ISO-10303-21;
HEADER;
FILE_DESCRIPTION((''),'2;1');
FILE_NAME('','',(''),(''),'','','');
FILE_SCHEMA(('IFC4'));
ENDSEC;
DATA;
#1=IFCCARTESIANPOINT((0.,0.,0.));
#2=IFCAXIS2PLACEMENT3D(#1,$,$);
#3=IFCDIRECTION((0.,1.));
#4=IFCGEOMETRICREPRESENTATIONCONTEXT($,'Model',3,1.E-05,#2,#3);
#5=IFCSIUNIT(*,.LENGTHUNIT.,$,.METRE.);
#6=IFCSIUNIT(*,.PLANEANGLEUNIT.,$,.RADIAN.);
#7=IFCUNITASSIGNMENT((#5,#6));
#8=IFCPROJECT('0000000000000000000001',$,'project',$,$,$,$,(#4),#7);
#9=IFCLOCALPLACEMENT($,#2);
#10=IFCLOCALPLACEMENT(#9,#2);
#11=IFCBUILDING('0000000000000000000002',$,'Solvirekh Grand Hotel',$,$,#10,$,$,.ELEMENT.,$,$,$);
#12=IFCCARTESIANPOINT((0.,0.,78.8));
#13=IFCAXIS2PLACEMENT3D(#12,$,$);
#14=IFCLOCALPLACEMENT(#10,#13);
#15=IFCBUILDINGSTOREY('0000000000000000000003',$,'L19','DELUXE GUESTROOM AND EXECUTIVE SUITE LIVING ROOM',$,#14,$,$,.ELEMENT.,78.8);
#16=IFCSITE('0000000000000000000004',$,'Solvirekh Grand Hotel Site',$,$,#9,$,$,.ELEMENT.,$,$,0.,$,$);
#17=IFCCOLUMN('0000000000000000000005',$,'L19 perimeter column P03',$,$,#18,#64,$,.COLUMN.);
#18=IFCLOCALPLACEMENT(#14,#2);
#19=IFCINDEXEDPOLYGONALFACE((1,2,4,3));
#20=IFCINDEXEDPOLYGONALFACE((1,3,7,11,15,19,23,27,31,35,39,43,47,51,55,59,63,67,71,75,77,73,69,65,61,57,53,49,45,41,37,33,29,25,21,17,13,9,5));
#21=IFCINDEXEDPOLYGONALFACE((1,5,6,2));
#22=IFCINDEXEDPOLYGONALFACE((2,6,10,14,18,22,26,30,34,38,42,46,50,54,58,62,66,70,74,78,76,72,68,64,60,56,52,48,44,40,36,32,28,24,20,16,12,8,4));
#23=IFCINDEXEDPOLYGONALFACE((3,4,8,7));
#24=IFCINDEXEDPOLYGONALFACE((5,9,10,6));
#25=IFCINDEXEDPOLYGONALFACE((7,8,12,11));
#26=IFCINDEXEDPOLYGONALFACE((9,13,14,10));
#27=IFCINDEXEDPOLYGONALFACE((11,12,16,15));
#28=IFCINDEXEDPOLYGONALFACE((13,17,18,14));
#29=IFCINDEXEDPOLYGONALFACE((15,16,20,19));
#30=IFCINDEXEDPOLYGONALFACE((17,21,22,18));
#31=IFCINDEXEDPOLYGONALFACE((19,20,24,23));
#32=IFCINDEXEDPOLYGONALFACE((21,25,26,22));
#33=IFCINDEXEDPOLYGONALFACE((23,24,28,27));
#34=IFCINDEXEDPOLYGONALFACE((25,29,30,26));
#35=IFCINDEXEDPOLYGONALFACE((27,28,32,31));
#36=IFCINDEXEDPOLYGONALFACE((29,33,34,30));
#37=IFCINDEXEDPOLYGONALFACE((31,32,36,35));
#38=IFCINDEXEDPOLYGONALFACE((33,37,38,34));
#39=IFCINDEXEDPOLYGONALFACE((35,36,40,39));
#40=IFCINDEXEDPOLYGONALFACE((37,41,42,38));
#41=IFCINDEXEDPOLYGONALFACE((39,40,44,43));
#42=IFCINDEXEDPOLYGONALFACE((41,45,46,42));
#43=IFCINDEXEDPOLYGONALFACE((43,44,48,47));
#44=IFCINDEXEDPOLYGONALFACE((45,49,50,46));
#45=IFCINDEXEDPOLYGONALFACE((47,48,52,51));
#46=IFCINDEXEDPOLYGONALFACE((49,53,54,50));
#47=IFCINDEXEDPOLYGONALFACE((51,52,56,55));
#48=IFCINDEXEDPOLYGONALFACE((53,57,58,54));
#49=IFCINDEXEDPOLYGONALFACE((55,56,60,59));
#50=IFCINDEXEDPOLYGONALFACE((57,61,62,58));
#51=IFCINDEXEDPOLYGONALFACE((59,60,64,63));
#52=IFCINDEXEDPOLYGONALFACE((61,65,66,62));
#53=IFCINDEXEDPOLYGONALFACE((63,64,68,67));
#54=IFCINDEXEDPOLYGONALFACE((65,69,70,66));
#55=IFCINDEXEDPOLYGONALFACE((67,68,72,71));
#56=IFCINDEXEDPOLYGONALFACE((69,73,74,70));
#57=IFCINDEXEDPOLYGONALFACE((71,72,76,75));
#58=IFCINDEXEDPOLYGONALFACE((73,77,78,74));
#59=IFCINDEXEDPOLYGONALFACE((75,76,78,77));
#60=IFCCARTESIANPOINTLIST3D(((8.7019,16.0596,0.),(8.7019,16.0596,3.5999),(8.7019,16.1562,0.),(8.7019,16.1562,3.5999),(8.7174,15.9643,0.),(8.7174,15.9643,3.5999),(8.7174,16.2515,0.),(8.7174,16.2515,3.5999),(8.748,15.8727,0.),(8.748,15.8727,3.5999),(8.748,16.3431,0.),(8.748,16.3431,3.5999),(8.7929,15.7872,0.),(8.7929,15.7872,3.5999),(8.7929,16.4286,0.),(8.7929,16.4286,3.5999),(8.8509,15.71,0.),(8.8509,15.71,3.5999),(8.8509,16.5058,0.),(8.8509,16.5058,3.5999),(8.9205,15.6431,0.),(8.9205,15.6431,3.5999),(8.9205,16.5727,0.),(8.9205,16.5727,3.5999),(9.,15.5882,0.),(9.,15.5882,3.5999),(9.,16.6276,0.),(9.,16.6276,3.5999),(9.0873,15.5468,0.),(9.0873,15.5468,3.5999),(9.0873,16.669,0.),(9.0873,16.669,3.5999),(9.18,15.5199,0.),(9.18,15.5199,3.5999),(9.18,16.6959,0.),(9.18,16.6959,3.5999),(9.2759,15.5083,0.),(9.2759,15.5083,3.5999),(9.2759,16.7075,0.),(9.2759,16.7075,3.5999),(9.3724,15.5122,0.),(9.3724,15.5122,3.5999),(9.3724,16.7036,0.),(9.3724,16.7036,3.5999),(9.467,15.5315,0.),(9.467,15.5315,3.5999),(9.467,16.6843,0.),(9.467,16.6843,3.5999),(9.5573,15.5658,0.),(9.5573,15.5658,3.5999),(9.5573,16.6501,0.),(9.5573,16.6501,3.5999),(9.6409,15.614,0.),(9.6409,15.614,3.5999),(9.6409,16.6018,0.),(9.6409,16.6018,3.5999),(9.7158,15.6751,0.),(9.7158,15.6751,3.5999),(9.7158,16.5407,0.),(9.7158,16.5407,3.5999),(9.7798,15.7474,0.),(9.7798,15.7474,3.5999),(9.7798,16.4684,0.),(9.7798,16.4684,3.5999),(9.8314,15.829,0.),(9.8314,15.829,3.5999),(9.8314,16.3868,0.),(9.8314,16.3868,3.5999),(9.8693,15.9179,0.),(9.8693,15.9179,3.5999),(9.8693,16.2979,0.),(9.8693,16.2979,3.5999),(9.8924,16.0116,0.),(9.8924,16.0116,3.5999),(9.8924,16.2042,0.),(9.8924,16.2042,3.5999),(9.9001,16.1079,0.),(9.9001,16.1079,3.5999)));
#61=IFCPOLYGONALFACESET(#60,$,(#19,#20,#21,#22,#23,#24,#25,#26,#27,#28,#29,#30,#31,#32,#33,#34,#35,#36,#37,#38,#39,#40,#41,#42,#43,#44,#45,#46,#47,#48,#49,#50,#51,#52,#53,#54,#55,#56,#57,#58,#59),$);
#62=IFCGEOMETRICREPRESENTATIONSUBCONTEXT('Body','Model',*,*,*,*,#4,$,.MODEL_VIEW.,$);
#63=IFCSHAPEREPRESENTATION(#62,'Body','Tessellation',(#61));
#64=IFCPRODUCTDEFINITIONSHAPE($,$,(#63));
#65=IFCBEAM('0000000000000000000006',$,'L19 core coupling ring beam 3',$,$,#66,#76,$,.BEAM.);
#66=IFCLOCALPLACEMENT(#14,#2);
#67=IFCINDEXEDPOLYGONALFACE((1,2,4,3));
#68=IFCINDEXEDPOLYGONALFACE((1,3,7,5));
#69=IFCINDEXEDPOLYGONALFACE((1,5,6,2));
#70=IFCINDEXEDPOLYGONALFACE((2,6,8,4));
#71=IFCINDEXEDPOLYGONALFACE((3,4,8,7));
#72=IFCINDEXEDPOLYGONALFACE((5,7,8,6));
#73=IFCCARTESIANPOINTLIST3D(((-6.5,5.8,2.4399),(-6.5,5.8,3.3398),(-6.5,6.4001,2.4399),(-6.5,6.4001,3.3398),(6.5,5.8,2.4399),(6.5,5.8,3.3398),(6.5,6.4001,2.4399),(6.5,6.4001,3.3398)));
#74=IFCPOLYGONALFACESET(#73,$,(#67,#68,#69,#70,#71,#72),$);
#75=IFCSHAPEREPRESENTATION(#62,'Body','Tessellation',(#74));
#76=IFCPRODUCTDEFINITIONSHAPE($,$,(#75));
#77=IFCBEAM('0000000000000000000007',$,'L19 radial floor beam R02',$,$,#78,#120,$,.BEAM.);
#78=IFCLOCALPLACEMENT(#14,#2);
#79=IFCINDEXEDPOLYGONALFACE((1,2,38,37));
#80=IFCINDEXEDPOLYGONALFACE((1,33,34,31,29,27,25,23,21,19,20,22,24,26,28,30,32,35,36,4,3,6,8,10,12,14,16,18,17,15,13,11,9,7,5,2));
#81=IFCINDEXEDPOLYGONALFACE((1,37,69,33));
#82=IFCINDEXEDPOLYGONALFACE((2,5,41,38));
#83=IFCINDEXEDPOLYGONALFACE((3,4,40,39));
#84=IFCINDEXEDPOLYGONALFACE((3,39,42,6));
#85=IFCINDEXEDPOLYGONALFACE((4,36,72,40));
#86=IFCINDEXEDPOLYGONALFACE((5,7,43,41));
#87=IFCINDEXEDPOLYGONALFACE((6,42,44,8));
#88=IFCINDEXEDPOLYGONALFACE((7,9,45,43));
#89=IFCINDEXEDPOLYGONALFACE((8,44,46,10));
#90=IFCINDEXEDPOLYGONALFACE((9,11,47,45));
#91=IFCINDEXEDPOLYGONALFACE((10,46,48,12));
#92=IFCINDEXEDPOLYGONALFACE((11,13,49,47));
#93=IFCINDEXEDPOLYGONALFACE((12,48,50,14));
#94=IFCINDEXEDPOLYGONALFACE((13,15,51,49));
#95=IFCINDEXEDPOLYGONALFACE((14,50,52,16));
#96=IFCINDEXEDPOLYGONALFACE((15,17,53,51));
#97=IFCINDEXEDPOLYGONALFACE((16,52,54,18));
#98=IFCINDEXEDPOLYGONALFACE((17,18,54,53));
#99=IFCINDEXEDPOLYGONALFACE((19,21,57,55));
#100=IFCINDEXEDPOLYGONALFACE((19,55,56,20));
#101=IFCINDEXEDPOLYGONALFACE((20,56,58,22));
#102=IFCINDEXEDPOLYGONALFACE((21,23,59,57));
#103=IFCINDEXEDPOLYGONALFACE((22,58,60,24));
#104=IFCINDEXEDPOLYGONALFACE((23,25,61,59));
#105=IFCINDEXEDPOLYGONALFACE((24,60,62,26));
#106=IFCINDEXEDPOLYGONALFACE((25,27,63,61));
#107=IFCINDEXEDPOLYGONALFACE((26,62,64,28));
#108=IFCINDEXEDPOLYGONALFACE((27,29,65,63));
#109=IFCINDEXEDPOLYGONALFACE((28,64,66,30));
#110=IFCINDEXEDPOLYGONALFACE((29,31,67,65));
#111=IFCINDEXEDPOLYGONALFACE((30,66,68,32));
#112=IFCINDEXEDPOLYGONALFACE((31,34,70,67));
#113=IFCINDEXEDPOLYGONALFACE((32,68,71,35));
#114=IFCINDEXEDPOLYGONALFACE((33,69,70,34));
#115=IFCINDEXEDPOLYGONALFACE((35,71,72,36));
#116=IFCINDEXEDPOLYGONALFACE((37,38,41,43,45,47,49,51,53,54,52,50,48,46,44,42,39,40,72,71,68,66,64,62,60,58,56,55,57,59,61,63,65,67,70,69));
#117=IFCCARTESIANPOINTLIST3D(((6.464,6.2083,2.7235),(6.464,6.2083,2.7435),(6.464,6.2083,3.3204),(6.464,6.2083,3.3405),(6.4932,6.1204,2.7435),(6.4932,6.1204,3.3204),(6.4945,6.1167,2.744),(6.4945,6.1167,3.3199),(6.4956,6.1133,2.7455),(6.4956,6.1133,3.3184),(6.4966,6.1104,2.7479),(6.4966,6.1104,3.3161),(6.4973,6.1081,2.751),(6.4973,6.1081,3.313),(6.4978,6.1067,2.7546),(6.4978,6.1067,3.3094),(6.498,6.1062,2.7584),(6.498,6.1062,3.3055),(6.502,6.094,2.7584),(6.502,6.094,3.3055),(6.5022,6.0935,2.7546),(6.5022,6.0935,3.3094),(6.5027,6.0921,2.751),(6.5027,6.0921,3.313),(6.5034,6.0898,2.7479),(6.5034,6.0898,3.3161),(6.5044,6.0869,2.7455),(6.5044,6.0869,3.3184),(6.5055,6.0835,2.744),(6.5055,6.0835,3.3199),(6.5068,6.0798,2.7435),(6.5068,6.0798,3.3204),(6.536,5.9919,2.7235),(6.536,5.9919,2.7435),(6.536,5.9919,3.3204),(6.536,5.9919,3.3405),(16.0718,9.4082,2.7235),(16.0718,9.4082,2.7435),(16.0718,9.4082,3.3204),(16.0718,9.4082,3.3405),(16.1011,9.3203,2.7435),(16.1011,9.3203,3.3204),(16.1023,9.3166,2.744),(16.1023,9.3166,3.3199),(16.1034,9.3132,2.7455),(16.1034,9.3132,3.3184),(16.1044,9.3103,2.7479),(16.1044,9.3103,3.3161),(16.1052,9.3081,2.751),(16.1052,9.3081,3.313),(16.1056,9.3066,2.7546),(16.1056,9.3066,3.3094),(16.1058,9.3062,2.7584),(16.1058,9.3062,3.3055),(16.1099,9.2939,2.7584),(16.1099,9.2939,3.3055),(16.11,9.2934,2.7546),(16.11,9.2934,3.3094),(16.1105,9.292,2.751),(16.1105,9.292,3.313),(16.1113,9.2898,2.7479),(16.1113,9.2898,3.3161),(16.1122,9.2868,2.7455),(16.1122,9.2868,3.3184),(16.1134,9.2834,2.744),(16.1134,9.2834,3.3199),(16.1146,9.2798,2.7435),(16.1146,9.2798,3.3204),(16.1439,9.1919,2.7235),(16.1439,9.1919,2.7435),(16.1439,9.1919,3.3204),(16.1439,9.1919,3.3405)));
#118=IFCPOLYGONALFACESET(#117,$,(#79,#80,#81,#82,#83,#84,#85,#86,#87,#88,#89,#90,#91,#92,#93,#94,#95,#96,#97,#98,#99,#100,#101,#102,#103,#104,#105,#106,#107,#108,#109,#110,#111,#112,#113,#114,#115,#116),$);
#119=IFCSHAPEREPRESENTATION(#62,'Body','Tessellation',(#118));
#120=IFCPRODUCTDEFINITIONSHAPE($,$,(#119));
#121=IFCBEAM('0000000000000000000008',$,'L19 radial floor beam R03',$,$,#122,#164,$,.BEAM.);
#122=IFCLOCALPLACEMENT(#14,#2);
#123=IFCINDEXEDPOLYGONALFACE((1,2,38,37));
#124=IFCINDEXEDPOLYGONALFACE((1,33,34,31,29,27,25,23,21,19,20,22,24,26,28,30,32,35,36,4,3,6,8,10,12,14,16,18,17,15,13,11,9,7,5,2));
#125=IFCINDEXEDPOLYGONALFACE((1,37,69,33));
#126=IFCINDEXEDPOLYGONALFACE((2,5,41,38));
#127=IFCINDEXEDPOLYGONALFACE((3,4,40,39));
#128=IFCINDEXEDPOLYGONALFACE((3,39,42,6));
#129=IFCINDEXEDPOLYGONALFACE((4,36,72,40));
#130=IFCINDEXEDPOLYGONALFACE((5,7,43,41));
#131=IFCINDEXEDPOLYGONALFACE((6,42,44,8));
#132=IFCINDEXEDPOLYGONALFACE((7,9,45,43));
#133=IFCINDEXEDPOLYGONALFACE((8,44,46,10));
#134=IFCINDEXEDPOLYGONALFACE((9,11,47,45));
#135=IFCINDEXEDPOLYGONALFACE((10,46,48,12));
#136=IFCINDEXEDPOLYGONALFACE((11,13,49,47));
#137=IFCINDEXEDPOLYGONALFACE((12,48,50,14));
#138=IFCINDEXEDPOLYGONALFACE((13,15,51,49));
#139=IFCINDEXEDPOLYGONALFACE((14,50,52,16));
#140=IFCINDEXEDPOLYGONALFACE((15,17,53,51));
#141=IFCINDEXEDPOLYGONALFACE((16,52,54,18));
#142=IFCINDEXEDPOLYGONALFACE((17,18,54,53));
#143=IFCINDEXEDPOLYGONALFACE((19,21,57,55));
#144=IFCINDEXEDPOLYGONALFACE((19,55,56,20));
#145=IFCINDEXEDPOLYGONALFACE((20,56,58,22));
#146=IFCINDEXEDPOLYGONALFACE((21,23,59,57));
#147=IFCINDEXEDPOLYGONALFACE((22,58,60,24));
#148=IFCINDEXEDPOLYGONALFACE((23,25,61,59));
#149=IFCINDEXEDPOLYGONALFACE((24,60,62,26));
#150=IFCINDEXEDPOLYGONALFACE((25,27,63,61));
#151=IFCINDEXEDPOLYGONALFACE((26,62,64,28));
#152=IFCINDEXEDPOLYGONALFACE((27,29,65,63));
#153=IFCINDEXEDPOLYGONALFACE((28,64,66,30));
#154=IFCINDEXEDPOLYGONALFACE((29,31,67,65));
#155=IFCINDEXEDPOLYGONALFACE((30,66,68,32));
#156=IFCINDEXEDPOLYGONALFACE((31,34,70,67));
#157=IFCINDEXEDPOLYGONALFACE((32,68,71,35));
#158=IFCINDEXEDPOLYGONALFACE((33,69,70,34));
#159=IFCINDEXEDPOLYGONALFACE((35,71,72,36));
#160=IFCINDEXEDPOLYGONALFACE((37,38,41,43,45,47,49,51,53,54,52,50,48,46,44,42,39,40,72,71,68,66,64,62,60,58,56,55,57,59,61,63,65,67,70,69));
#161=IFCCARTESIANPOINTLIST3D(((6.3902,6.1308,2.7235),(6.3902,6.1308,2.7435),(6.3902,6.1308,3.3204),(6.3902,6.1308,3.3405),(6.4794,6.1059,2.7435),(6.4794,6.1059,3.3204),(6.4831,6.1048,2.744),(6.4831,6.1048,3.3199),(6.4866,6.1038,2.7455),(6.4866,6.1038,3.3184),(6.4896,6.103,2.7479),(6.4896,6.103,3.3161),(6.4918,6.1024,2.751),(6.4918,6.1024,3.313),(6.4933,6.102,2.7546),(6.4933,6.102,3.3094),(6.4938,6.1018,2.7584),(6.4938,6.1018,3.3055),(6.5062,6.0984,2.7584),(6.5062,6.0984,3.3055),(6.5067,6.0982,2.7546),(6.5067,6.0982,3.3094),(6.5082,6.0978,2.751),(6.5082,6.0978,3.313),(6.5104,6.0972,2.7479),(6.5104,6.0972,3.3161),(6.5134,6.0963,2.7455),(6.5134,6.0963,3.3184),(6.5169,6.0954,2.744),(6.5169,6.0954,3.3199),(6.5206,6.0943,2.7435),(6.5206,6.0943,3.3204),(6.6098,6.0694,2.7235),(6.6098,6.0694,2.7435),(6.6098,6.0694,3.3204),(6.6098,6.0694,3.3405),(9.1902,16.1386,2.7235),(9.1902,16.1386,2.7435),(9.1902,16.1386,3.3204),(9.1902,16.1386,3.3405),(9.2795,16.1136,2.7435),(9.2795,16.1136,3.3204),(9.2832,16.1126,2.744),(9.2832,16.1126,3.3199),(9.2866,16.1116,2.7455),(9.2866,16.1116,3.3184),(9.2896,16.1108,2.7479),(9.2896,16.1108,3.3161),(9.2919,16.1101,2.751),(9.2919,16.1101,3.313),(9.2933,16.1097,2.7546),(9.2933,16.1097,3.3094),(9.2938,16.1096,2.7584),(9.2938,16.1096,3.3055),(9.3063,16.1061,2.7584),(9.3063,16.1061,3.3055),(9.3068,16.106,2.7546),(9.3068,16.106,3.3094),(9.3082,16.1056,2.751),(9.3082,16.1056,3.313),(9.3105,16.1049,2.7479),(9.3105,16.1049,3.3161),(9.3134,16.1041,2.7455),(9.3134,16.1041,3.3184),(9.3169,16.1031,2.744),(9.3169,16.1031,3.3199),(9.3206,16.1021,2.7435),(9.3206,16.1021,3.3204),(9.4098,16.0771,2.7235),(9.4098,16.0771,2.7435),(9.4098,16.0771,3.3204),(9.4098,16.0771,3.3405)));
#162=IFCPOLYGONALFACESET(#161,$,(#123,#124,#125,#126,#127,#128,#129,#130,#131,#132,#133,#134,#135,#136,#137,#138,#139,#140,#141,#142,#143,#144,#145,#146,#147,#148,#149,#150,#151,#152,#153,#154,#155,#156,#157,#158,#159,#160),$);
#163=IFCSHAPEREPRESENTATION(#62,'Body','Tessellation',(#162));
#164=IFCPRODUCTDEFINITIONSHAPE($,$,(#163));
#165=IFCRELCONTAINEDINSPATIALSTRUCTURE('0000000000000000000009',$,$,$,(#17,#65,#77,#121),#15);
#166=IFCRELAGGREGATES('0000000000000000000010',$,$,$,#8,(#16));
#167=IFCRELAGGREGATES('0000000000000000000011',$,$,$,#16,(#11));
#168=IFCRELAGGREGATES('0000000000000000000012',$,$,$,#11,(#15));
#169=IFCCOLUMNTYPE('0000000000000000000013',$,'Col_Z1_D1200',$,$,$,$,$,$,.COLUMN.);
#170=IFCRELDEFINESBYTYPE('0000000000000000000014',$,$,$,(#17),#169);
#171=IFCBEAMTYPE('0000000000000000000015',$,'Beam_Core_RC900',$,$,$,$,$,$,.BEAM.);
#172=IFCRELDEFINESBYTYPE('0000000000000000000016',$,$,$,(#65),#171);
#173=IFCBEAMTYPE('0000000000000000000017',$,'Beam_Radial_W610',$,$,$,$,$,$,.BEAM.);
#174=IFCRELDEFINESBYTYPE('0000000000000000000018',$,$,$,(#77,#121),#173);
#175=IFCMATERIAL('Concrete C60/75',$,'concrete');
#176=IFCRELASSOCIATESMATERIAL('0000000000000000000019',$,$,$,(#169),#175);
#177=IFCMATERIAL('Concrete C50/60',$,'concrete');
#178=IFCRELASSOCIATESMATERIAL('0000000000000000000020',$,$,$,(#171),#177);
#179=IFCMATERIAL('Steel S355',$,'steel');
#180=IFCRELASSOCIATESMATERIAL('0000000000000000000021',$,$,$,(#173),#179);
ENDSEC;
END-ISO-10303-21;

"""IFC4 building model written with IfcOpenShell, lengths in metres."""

from ifc_helpers import new_model, si_unit, direction, frame, origin, origin_2d, place, context, subcontext, project, spatial, rectangle, circle, i_section, extrude, material, material_profile, profile_set, type_object, element, save


model = new_model("IFC4")

# Units and contexts
model_context = context("Model", 3, precision=1e-05, world=origin(), true_north=direction((0.0, 1.0)))
body_context = subcontext(model_context, "Body", "Model", "MODEL_VIEW")
ifc_project = project(units=[si_unit("LENGTHUNIT", "METRE"), si_unit("PLANEANGLEUNIT", "RADIAN")], contexts=[model_context])

# Site, building, storey
site_placement = place(None, origin())
site = spatial("IfcSite", under=ifc_project, at=site_placement, Name="Solvirekh Grand Hotel Site", CompositionType="ELEMENT", RefElevation=0.0)
building_placement = place(site_placement, origin())
building = spatial("IfcBuilding", under=site, at=building_placement, Name="Solvirekh Grand Hotel", CompositionType="ELEMENT")
storey_placement = place(building_placement, frame((0.0, 0.0, 78.8)))
storey = spatial("IfcBuildingStorey", under=building, at=storey_placement, Name="L19", Description="DELUXE GUESTROOM AND EXECUTIVE SUITE LIVING ROOM", CompositionType="ELEMENT", Elevation=78.8)

# Column
ifc_material_1 = material(Name="Concrete C60/75", Category="concrete")
ifc_material_profile_1 = material_profile(ifc_material_1, circle(Radius=0.6001, at=origin_2d()), Name="RC CIRC D1200")
ifc_profile_set_1 = profile_set([ifc_material_profile_1], Name="Concrete C60/75")
column_type = type_object("IfcColumnType", Name="Col_Z1_D1200", PredefinedType="COLUMN", material=ifc_profile_set_1)
column_placement = place(storey_placement, frame((9.3, 16.1079, 0.0), z_axis=(0.0, 0.0, 1.0), x_axis=(1.0, 0.0, 0.0)))
element("IfcColumn", 1, at=column_placement, inside=storey, type_object=column_type, Name="L19 perimeter column P03", PredefinedType="COLUMN", context=body_context, shape_type="SweptSolid", body=[
    extrude(circle(Radius=0.6001, at=origin_2d()), origin(), (0.0, 0.0, 1.0), 3.5999),
])

# Beams
ifc_material_2 = material(Name="Concrete C50/60", Category="concrete")
ifc_material_profile_2 = material_profile(ifc_material_2, rectangle(XDim=0.6001, YDim=0.8999, at=origin_2d()), Name="RC BEAM 600X900")
ifc_profile_set_2 = profile_set([ifc_material_profile_2], Name="Concrete C50/60")
beam_type_1 = type_object("IfcBeamType", Name="Beam_Core_RC900", PredefinedType="BEAM", material=ifc_profile_set_2)
beam_1_placement = place(storey_placement, frame((6.5, 6.1001, 2.8899), z_axis=(-1.0, 0.0, 0.0), x_axis=(0.0, -1.0, 0.0)))
element("IfcBeam", 2, at=beam_1_placement, inside=storey, type_object=beam_type_1, Name="L19 core coupling ring beam 3", PredefinedType="BEAM", context=body_context, shape_type="SweptSolid", body=[
    extrude(rectangle(XDim=0.6001, YDim=0.8999, at=origin_2d()), origin(), (0.0, 0.0, 1.0), 13.0),
])
ifc_material_3 = material(Name="Steel S355", Category="steel")
ifc_material_profile_3 = material_profile(ifc_material_3, i_section(OverallWidth=0.228, OverallDepth=0.6169, WebThickness=0.0129, FlangeThickness=0.02, FilletRadius=0.0149, at=origin_2d()), Name="W610X140")
ifc_profile_set_3 = profile_set([ifc_material_profile_3], Name="Steel S355")
beam_type_2 = type_object("IfcBeamType", Name="Beam_Radial_W610", PredefinedType="BEAM", material=ifc_profile_set_3)
beam_2_placement = place(storey_placement, frame((6.5, 6.1001, 3.032), z_axis=(0.948763, 0.315989, 0.0), x_axis=(-0.315989, 0.948763, 0.0)))
element("IfcBeam", 3, at=beam_2_placement, inside=storey, type_object=beam_type_2, Name="L19 radial floor beam R02", PredefinedType="BEAM", context=body_context, shape_type="SweptSolid", body=[
    extrude(i_section(OverallWidth=0.228, OverallDepth=0.6169, WebThickness=0.0129, FlangeThickness=0.02, FilletRadius=0.0149, at=origin_2d()), origin(), (0.0, 0.0, 1.0), 10.1267),
])
beam_3_placement = place(storey_placement, frame((6.5, 6.1001, 3.032), z_axis=(0.269439, 0.963017, 0.0), x_axis=(-0.963017, 0.269439, 0.0)))
element("IfcBeam", 4, at=beam_3_placement, inside=storey, type_object=beam_type_2, Name="L19 radial floor beam R03", PredefinedType="BEAM", context=body_context, shape_type="SweptSolid", body=[
    extrude(i_section(OverallWidth=0.228, OverallDepth=0.6169, WebThickness=0.0129, FlangeThickness=0.02, FilletRadius=0.0149, at=origin_2d()), origin(), (0.0, 0.0, 1.0), 10.3921),
])

save(model, "model.ifc")
